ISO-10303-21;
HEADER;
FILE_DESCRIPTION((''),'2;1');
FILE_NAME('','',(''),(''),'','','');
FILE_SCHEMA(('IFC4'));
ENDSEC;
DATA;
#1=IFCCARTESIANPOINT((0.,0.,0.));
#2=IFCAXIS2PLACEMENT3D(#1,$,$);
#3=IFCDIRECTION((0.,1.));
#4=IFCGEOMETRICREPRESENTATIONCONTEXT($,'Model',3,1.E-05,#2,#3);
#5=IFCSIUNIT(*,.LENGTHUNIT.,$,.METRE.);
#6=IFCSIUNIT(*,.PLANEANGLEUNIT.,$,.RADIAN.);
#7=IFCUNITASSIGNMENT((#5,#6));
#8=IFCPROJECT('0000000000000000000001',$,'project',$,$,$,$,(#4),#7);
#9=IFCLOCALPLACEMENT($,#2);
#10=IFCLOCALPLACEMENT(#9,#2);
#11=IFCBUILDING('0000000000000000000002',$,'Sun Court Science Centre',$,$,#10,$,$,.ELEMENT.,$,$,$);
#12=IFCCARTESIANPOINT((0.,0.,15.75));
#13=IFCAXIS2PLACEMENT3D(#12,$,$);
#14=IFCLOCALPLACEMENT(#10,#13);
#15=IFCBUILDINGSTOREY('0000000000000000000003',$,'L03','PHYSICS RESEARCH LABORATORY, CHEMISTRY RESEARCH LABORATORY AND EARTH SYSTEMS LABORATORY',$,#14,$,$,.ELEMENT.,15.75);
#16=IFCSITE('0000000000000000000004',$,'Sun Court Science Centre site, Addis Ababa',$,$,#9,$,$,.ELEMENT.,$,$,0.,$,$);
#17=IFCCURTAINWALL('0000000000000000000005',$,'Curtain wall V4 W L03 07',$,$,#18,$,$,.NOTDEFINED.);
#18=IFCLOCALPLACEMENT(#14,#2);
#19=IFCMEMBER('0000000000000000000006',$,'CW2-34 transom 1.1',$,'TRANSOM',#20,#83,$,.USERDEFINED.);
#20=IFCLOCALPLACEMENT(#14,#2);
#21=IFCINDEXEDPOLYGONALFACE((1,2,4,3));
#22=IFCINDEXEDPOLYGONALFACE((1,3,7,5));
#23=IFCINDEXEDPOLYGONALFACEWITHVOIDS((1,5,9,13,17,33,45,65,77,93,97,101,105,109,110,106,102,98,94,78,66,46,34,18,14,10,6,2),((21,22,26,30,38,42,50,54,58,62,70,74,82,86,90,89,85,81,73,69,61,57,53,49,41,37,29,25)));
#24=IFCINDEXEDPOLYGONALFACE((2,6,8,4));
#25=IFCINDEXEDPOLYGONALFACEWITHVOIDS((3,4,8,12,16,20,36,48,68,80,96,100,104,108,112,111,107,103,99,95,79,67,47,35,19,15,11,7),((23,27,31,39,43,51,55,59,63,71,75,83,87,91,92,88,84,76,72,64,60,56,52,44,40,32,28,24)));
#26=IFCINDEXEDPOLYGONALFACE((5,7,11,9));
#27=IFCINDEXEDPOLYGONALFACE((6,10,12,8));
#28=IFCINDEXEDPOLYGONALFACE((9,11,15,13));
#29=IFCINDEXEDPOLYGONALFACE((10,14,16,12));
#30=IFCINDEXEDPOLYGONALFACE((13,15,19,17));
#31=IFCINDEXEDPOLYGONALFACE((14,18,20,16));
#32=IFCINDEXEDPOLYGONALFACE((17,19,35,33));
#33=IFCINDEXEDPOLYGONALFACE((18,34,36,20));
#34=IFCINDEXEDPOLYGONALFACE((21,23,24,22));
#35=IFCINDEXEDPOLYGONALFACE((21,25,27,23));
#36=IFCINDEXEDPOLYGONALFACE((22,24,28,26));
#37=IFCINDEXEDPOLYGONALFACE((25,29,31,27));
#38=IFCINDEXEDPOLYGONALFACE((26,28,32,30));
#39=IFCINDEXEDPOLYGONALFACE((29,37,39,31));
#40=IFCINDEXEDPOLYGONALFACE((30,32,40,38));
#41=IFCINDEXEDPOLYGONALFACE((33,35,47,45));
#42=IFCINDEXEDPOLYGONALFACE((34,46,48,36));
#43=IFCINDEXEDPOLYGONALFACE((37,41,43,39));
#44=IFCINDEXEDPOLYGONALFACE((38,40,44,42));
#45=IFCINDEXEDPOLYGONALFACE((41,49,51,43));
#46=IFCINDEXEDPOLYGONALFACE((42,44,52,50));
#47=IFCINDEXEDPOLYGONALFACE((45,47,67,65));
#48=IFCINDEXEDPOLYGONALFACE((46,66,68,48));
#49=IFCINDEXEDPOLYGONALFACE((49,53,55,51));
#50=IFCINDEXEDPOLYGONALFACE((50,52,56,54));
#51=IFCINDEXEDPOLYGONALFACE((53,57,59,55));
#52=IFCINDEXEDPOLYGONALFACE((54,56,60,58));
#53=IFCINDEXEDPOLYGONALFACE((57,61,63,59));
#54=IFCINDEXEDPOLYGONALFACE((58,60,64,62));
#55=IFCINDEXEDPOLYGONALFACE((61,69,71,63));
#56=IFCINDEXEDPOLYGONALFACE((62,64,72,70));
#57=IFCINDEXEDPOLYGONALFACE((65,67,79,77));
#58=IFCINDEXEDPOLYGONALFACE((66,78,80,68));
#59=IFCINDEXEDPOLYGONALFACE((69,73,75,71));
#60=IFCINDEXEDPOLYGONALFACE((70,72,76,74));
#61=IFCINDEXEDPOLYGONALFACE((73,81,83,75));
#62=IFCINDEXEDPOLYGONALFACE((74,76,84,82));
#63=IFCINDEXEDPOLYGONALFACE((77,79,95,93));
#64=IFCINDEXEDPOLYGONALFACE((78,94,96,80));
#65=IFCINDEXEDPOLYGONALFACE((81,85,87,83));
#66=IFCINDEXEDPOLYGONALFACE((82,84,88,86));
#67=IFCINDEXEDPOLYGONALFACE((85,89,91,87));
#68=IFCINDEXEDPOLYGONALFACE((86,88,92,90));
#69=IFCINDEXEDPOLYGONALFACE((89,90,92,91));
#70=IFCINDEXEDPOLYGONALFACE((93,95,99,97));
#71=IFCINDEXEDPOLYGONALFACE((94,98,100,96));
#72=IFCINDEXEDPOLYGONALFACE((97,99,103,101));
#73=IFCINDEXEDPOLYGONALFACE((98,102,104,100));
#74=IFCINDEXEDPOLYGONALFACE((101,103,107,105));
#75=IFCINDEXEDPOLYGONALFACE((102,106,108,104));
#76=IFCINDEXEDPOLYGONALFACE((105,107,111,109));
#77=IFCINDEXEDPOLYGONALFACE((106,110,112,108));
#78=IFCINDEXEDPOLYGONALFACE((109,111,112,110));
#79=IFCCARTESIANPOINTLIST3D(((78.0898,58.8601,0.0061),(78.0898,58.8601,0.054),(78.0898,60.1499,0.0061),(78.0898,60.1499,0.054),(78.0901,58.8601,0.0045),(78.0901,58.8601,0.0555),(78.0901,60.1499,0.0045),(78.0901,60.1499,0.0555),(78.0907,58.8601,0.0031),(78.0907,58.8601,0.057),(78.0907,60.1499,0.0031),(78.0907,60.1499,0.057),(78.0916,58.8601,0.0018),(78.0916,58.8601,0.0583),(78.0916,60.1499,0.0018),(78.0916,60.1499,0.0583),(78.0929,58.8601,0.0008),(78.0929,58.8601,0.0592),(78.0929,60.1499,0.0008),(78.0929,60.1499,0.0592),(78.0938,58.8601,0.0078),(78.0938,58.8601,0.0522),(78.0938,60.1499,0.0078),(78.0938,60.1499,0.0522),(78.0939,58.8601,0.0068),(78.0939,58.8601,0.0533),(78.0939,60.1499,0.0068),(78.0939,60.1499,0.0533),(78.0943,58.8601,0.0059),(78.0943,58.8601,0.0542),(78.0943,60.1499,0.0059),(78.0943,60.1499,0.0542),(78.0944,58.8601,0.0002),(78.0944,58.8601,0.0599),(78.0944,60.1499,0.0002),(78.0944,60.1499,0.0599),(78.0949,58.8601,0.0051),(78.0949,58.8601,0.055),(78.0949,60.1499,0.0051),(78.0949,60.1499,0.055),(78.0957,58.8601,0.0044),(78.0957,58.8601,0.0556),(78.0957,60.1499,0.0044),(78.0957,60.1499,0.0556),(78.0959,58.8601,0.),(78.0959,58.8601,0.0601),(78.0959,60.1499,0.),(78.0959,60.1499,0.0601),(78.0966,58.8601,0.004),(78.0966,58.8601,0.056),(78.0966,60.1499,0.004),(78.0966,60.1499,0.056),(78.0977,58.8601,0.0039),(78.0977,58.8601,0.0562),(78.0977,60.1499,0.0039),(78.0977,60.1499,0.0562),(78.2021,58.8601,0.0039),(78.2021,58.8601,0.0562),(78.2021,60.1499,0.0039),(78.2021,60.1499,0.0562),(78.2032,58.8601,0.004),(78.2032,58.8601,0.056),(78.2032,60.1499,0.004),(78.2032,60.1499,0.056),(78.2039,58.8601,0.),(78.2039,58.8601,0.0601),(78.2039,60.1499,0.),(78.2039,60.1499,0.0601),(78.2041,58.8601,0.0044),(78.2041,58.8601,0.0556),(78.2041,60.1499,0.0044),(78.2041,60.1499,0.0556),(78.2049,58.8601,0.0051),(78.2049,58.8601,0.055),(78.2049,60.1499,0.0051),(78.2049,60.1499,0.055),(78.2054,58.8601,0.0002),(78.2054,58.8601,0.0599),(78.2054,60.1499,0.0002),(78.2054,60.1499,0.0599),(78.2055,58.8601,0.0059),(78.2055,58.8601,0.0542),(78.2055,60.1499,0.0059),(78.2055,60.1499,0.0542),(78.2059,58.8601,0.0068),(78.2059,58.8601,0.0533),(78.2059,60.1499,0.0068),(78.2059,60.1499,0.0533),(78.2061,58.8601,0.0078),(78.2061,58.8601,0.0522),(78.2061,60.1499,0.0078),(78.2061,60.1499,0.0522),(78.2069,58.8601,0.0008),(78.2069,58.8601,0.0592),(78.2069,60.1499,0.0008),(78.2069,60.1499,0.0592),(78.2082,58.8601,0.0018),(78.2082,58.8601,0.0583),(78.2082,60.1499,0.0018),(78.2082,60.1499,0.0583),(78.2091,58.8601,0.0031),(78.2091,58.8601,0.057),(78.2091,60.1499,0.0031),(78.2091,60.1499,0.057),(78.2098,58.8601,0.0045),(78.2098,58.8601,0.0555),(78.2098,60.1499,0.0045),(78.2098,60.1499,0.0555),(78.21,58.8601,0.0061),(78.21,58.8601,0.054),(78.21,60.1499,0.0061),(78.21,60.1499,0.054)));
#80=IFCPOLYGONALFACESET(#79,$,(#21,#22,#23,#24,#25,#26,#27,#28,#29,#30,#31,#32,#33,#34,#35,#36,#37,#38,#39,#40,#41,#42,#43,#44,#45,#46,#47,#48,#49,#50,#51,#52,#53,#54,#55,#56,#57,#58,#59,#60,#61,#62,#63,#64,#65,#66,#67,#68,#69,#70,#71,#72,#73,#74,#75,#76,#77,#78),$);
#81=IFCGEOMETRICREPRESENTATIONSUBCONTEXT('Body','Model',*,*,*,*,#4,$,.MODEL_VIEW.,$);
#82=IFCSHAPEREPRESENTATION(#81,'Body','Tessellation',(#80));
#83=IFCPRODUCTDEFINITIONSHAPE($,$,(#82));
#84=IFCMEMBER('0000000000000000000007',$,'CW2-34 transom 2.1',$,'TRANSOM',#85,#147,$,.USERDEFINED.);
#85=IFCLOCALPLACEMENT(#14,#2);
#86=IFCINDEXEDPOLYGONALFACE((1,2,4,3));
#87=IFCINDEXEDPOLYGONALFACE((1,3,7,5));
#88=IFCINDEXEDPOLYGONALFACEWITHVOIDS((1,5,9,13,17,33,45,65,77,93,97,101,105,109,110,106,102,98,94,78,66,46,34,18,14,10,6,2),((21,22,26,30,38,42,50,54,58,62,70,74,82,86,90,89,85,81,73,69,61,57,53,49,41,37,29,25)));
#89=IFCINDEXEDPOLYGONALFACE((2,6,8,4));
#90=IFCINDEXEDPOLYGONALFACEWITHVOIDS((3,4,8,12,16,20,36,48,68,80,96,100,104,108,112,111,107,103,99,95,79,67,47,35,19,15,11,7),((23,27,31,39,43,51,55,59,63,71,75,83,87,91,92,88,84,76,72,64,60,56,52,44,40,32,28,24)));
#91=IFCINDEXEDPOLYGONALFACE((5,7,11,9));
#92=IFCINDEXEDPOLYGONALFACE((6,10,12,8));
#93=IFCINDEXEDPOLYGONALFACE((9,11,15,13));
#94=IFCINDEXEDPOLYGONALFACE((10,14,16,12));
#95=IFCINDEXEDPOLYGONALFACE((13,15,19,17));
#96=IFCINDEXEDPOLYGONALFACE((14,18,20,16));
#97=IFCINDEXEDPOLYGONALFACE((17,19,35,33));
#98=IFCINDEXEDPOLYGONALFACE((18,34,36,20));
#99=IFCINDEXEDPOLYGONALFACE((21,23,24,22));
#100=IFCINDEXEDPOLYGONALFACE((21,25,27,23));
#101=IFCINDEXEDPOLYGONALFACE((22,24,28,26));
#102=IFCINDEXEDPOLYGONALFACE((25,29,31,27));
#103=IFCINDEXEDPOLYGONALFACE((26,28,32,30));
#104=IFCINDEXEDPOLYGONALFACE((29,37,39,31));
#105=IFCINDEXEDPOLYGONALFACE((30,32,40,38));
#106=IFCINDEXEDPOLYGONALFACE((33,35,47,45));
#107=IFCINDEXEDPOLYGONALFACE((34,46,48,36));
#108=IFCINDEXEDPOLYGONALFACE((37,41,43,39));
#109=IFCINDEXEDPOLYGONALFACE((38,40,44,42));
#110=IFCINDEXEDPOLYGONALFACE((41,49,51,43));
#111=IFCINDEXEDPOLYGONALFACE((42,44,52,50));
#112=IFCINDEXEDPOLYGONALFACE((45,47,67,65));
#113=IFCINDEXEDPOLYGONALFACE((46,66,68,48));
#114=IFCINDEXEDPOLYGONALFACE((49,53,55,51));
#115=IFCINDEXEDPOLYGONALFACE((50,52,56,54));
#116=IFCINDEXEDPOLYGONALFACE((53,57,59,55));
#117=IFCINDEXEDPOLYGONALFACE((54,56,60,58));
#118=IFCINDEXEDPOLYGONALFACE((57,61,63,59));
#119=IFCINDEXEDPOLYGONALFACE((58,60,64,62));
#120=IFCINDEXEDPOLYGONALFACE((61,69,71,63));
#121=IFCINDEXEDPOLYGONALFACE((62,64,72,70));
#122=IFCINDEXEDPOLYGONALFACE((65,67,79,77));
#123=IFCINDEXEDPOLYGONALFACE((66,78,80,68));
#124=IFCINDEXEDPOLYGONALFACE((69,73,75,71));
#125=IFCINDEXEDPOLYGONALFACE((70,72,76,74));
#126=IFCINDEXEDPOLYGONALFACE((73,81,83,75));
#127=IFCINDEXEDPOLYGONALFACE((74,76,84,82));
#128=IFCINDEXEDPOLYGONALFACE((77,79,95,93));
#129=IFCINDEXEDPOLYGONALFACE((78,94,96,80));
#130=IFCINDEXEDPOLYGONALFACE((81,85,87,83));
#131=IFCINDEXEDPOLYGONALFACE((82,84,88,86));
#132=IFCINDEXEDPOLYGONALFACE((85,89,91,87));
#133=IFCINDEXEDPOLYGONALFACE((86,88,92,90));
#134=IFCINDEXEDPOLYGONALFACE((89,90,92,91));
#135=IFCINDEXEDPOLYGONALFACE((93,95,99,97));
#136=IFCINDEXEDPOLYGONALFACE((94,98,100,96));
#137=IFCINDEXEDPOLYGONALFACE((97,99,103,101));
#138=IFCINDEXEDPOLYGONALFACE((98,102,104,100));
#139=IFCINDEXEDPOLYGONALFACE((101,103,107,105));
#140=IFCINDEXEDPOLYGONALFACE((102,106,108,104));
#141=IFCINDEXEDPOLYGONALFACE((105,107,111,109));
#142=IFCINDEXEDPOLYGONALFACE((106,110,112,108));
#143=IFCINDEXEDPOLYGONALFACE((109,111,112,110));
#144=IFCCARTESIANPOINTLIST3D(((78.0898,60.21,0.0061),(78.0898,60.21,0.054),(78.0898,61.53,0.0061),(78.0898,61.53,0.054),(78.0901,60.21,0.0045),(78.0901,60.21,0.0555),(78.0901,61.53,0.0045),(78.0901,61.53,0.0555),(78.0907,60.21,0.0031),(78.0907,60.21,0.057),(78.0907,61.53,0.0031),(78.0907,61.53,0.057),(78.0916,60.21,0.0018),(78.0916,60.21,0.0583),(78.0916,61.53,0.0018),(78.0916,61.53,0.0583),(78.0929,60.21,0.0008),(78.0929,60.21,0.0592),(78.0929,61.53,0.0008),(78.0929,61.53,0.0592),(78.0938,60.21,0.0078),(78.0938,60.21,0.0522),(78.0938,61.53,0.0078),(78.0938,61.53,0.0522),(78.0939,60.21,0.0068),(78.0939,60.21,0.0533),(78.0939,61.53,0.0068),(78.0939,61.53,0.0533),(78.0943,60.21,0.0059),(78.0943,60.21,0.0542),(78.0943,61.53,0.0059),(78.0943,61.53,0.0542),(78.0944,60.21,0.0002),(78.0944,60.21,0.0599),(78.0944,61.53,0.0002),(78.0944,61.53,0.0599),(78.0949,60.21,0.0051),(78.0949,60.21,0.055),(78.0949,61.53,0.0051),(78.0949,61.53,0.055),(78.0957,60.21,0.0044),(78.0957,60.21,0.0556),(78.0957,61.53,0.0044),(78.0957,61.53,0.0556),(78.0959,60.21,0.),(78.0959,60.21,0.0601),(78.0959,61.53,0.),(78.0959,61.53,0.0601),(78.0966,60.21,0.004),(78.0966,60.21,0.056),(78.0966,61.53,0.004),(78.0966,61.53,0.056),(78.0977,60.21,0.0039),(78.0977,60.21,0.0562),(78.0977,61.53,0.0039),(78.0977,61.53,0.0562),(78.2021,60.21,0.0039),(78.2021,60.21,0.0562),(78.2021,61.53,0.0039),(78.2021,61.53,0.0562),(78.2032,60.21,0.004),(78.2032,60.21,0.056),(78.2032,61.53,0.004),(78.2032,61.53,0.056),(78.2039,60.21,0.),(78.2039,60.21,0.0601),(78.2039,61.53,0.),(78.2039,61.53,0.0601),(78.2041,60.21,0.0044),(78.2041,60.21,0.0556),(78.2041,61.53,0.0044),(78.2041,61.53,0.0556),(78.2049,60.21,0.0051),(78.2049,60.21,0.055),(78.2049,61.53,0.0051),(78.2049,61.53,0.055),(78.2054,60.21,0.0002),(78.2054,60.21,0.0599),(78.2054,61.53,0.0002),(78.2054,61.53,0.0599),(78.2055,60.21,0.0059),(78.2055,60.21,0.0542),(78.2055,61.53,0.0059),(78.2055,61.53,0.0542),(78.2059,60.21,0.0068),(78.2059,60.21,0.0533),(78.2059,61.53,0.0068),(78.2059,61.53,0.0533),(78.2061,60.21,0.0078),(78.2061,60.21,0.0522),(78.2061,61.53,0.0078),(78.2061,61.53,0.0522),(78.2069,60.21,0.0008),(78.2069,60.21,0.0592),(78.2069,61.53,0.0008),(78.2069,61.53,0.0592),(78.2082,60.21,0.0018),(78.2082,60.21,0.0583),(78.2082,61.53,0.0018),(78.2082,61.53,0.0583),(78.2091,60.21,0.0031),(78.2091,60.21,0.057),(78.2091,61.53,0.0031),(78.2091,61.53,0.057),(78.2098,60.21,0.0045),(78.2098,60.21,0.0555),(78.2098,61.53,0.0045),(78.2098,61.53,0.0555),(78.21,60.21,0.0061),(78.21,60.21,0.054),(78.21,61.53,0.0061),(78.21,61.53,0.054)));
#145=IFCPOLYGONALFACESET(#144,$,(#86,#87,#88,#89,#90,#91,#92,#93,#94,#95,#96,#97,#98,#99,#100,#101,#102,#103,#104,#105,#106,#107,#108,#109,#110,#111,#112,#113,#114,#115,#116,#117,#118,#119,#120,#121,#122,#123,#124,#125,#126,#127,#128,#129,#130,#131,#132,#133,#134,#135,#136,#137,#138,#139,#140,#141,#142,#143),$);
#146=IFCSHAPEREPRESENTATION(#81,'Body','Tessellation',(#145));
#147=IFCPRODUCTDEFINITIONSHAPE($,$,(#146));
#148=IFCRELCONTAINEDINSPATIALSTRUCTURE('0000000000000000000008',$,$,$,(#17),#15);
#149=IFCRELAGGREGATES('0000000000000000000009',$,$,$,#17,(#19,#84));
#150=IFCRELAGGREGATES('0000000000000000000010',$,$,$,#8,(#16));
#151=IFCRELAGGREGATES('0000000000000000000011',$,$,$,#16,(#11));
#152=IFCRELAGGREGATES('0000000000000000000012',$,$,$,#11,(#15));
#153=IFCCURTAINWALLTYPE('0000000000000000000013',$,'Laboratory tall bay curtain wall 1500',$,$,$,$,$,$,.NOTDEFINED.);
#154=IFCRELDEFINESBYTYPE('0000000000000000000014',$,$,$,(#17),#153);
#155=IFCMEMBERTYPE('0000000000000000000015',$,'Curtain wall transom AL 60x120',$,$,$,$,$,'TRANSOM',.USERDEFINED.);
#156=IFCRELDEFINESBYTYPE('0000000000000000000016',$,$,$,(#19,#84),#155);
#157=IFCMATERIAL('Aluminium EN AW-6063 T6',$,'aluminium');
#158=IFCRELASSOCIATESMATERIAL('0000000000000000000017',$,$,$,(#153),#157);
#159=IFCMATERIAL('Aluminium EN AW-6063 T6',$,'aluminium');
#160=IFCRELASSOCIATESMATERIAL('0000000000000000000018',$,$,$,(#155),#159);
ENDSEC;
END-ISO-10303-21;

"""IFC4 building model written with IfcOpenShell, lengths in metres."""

from ifc_helpers import new_model, si_unit, direction, frame, origin, origin_2d, place, context, subcontext, project, spatial, hollow_rectangle, extrude, material, material_profile, profile_set, type_object, element, aggregate, save


model = new_model("IFC4")

# Units and contexts
model_context = context("Model", 3, precision=1e-05, world=origin(), true_north=direction((0.0, 1.0)))
body_context = subcontext(model_context, "Body", "Model", "MODEL_VIEW")
ifc_project = project(units=[si_unit("LENGTHUNIT", "METRE"), si_unit("PLANEANGLEUNIT", "RADIAN")], contexts=[model_context])

# Site, building, storey
site_placement = place(None, origin())
site = spatial("IfcSite", under=ifc_project, at=site_placement, Name="Sun Court Science Centre site, Addis Ababa", CompositionType="ELEMENT", RefElevation=0.0)
building_placement = place(site_placement, origin())
building = spatial("IfcBuilding", under=site, at=building_placement, Name="Sun Court Science Centre", CompositionType="ELEMENT")
storey_placement = place(building_placement, frame((0.0, 0.0, 15.75)))
storey = spatial("IfcBuildingStorey", under=building, at=storey_placement, Name="L03", Description="PHYSICS RESEARCH LABORATORY, CHEMISTRY RESEARCH LABORATORY AND EARTH SYSTEMS LABORATORY", CompositionType="ELEMENT", Elevation=15.75)

# Curtain wall
ifc_material_1 = material(Name="Aluminium EN AW-6063 T6", Category="aluminium")
curtain_wall_type = type_object("IfcCurtainWallType", Name="Laboratory tall bay curtain wall 1500", PredefinedType="NOTDEFINED", material=ifc_material_1)
curtain_wall_1_placement = place(storey_placement, origin())
curtain_wall_1 = element("IfcCurtainWall", 1, at=curtain_wall_1_placement, inside=storey, type_object=curtain_wall_type, Name="Curtain wall V4 W L03 07", PredefinedType="NOTDEFINED")

# Members
ifc_material_2 = material(Name="Aluminium EN AW-6063 T6", Category="aluminium")
ifc_material_profile_1 = material_profile(ifc_material_2, hollow_rectangle(XDim=0.0601, YDim=0.1201, WallThickness=0.0039, InnerFilletRadius=0.0039, OuterFilletRadius=0.0061, at=origin_2d()), Name="AL 60x120x4")
ifc_profile_set_1 = profile_set([ifc_material_profile_1], Name="Aluminium EN AW-6063 T6")
member_type_1 = type_object("IfcMemberType", Name="Curtain wall transom AL 60x120", ElementType="TRANSOM", PredefinedType="USERDEFINED", material=ifc_profile_set_1)
member_1_placement = place(storey_placement, frame((78.1499, 58.8601, 0.03), z_axis=(0.0, 1.0, 0.0), x_axis=(0.0, 0.0, 1.0)))
member_1 = element("IfcMember", 2, at=member_1_placement, type_object=member_type_1, Name="CW2-34 transom 1.1", ObjectType="TRANSOM", PredefinedType="USERDEFINED", context=body_context, shape_type="SweptSolid", body=[
    extrude(hollow_rectangle(XDim=0.0601, YDim=0.1201, WallThickness=0.0039, InnerFilletRadius=0.0039, OuterFilletRadius=0.0061, at=origin_2d()), origin(), (0.0, 0.0, 1.0), 1.2898),
])
member_2_placement = place(storey_placement, frame((78.1499, 60.21, 0.03), z_axis=(0.0, 1.0, 0.0), x_axis=(0.0, 0.0, 1.0)))
member_2 = element("IfcMember", 3, at=member_2_placement, type_object=member_type_1, Name="CW2-34 transom 2.1", ObjectType="TRANSOM", PredefinedType="USERDEFINED", context=body_context, shape_type="SweptSolid", body=[
    extrude(hollow_rectangle(XDim=0.0601, YDim=0.1201, WallThickness=0.0039, InnerFilletRadius=0.0039, OuterFilletRadius=0.0061, at=origin_2d()), origin(), (0.0, 0.0, 1.0), 1.3201),
])

aggregate(curtain_wall_1, [member_1, member_2])

save(model, "model.ifc")
